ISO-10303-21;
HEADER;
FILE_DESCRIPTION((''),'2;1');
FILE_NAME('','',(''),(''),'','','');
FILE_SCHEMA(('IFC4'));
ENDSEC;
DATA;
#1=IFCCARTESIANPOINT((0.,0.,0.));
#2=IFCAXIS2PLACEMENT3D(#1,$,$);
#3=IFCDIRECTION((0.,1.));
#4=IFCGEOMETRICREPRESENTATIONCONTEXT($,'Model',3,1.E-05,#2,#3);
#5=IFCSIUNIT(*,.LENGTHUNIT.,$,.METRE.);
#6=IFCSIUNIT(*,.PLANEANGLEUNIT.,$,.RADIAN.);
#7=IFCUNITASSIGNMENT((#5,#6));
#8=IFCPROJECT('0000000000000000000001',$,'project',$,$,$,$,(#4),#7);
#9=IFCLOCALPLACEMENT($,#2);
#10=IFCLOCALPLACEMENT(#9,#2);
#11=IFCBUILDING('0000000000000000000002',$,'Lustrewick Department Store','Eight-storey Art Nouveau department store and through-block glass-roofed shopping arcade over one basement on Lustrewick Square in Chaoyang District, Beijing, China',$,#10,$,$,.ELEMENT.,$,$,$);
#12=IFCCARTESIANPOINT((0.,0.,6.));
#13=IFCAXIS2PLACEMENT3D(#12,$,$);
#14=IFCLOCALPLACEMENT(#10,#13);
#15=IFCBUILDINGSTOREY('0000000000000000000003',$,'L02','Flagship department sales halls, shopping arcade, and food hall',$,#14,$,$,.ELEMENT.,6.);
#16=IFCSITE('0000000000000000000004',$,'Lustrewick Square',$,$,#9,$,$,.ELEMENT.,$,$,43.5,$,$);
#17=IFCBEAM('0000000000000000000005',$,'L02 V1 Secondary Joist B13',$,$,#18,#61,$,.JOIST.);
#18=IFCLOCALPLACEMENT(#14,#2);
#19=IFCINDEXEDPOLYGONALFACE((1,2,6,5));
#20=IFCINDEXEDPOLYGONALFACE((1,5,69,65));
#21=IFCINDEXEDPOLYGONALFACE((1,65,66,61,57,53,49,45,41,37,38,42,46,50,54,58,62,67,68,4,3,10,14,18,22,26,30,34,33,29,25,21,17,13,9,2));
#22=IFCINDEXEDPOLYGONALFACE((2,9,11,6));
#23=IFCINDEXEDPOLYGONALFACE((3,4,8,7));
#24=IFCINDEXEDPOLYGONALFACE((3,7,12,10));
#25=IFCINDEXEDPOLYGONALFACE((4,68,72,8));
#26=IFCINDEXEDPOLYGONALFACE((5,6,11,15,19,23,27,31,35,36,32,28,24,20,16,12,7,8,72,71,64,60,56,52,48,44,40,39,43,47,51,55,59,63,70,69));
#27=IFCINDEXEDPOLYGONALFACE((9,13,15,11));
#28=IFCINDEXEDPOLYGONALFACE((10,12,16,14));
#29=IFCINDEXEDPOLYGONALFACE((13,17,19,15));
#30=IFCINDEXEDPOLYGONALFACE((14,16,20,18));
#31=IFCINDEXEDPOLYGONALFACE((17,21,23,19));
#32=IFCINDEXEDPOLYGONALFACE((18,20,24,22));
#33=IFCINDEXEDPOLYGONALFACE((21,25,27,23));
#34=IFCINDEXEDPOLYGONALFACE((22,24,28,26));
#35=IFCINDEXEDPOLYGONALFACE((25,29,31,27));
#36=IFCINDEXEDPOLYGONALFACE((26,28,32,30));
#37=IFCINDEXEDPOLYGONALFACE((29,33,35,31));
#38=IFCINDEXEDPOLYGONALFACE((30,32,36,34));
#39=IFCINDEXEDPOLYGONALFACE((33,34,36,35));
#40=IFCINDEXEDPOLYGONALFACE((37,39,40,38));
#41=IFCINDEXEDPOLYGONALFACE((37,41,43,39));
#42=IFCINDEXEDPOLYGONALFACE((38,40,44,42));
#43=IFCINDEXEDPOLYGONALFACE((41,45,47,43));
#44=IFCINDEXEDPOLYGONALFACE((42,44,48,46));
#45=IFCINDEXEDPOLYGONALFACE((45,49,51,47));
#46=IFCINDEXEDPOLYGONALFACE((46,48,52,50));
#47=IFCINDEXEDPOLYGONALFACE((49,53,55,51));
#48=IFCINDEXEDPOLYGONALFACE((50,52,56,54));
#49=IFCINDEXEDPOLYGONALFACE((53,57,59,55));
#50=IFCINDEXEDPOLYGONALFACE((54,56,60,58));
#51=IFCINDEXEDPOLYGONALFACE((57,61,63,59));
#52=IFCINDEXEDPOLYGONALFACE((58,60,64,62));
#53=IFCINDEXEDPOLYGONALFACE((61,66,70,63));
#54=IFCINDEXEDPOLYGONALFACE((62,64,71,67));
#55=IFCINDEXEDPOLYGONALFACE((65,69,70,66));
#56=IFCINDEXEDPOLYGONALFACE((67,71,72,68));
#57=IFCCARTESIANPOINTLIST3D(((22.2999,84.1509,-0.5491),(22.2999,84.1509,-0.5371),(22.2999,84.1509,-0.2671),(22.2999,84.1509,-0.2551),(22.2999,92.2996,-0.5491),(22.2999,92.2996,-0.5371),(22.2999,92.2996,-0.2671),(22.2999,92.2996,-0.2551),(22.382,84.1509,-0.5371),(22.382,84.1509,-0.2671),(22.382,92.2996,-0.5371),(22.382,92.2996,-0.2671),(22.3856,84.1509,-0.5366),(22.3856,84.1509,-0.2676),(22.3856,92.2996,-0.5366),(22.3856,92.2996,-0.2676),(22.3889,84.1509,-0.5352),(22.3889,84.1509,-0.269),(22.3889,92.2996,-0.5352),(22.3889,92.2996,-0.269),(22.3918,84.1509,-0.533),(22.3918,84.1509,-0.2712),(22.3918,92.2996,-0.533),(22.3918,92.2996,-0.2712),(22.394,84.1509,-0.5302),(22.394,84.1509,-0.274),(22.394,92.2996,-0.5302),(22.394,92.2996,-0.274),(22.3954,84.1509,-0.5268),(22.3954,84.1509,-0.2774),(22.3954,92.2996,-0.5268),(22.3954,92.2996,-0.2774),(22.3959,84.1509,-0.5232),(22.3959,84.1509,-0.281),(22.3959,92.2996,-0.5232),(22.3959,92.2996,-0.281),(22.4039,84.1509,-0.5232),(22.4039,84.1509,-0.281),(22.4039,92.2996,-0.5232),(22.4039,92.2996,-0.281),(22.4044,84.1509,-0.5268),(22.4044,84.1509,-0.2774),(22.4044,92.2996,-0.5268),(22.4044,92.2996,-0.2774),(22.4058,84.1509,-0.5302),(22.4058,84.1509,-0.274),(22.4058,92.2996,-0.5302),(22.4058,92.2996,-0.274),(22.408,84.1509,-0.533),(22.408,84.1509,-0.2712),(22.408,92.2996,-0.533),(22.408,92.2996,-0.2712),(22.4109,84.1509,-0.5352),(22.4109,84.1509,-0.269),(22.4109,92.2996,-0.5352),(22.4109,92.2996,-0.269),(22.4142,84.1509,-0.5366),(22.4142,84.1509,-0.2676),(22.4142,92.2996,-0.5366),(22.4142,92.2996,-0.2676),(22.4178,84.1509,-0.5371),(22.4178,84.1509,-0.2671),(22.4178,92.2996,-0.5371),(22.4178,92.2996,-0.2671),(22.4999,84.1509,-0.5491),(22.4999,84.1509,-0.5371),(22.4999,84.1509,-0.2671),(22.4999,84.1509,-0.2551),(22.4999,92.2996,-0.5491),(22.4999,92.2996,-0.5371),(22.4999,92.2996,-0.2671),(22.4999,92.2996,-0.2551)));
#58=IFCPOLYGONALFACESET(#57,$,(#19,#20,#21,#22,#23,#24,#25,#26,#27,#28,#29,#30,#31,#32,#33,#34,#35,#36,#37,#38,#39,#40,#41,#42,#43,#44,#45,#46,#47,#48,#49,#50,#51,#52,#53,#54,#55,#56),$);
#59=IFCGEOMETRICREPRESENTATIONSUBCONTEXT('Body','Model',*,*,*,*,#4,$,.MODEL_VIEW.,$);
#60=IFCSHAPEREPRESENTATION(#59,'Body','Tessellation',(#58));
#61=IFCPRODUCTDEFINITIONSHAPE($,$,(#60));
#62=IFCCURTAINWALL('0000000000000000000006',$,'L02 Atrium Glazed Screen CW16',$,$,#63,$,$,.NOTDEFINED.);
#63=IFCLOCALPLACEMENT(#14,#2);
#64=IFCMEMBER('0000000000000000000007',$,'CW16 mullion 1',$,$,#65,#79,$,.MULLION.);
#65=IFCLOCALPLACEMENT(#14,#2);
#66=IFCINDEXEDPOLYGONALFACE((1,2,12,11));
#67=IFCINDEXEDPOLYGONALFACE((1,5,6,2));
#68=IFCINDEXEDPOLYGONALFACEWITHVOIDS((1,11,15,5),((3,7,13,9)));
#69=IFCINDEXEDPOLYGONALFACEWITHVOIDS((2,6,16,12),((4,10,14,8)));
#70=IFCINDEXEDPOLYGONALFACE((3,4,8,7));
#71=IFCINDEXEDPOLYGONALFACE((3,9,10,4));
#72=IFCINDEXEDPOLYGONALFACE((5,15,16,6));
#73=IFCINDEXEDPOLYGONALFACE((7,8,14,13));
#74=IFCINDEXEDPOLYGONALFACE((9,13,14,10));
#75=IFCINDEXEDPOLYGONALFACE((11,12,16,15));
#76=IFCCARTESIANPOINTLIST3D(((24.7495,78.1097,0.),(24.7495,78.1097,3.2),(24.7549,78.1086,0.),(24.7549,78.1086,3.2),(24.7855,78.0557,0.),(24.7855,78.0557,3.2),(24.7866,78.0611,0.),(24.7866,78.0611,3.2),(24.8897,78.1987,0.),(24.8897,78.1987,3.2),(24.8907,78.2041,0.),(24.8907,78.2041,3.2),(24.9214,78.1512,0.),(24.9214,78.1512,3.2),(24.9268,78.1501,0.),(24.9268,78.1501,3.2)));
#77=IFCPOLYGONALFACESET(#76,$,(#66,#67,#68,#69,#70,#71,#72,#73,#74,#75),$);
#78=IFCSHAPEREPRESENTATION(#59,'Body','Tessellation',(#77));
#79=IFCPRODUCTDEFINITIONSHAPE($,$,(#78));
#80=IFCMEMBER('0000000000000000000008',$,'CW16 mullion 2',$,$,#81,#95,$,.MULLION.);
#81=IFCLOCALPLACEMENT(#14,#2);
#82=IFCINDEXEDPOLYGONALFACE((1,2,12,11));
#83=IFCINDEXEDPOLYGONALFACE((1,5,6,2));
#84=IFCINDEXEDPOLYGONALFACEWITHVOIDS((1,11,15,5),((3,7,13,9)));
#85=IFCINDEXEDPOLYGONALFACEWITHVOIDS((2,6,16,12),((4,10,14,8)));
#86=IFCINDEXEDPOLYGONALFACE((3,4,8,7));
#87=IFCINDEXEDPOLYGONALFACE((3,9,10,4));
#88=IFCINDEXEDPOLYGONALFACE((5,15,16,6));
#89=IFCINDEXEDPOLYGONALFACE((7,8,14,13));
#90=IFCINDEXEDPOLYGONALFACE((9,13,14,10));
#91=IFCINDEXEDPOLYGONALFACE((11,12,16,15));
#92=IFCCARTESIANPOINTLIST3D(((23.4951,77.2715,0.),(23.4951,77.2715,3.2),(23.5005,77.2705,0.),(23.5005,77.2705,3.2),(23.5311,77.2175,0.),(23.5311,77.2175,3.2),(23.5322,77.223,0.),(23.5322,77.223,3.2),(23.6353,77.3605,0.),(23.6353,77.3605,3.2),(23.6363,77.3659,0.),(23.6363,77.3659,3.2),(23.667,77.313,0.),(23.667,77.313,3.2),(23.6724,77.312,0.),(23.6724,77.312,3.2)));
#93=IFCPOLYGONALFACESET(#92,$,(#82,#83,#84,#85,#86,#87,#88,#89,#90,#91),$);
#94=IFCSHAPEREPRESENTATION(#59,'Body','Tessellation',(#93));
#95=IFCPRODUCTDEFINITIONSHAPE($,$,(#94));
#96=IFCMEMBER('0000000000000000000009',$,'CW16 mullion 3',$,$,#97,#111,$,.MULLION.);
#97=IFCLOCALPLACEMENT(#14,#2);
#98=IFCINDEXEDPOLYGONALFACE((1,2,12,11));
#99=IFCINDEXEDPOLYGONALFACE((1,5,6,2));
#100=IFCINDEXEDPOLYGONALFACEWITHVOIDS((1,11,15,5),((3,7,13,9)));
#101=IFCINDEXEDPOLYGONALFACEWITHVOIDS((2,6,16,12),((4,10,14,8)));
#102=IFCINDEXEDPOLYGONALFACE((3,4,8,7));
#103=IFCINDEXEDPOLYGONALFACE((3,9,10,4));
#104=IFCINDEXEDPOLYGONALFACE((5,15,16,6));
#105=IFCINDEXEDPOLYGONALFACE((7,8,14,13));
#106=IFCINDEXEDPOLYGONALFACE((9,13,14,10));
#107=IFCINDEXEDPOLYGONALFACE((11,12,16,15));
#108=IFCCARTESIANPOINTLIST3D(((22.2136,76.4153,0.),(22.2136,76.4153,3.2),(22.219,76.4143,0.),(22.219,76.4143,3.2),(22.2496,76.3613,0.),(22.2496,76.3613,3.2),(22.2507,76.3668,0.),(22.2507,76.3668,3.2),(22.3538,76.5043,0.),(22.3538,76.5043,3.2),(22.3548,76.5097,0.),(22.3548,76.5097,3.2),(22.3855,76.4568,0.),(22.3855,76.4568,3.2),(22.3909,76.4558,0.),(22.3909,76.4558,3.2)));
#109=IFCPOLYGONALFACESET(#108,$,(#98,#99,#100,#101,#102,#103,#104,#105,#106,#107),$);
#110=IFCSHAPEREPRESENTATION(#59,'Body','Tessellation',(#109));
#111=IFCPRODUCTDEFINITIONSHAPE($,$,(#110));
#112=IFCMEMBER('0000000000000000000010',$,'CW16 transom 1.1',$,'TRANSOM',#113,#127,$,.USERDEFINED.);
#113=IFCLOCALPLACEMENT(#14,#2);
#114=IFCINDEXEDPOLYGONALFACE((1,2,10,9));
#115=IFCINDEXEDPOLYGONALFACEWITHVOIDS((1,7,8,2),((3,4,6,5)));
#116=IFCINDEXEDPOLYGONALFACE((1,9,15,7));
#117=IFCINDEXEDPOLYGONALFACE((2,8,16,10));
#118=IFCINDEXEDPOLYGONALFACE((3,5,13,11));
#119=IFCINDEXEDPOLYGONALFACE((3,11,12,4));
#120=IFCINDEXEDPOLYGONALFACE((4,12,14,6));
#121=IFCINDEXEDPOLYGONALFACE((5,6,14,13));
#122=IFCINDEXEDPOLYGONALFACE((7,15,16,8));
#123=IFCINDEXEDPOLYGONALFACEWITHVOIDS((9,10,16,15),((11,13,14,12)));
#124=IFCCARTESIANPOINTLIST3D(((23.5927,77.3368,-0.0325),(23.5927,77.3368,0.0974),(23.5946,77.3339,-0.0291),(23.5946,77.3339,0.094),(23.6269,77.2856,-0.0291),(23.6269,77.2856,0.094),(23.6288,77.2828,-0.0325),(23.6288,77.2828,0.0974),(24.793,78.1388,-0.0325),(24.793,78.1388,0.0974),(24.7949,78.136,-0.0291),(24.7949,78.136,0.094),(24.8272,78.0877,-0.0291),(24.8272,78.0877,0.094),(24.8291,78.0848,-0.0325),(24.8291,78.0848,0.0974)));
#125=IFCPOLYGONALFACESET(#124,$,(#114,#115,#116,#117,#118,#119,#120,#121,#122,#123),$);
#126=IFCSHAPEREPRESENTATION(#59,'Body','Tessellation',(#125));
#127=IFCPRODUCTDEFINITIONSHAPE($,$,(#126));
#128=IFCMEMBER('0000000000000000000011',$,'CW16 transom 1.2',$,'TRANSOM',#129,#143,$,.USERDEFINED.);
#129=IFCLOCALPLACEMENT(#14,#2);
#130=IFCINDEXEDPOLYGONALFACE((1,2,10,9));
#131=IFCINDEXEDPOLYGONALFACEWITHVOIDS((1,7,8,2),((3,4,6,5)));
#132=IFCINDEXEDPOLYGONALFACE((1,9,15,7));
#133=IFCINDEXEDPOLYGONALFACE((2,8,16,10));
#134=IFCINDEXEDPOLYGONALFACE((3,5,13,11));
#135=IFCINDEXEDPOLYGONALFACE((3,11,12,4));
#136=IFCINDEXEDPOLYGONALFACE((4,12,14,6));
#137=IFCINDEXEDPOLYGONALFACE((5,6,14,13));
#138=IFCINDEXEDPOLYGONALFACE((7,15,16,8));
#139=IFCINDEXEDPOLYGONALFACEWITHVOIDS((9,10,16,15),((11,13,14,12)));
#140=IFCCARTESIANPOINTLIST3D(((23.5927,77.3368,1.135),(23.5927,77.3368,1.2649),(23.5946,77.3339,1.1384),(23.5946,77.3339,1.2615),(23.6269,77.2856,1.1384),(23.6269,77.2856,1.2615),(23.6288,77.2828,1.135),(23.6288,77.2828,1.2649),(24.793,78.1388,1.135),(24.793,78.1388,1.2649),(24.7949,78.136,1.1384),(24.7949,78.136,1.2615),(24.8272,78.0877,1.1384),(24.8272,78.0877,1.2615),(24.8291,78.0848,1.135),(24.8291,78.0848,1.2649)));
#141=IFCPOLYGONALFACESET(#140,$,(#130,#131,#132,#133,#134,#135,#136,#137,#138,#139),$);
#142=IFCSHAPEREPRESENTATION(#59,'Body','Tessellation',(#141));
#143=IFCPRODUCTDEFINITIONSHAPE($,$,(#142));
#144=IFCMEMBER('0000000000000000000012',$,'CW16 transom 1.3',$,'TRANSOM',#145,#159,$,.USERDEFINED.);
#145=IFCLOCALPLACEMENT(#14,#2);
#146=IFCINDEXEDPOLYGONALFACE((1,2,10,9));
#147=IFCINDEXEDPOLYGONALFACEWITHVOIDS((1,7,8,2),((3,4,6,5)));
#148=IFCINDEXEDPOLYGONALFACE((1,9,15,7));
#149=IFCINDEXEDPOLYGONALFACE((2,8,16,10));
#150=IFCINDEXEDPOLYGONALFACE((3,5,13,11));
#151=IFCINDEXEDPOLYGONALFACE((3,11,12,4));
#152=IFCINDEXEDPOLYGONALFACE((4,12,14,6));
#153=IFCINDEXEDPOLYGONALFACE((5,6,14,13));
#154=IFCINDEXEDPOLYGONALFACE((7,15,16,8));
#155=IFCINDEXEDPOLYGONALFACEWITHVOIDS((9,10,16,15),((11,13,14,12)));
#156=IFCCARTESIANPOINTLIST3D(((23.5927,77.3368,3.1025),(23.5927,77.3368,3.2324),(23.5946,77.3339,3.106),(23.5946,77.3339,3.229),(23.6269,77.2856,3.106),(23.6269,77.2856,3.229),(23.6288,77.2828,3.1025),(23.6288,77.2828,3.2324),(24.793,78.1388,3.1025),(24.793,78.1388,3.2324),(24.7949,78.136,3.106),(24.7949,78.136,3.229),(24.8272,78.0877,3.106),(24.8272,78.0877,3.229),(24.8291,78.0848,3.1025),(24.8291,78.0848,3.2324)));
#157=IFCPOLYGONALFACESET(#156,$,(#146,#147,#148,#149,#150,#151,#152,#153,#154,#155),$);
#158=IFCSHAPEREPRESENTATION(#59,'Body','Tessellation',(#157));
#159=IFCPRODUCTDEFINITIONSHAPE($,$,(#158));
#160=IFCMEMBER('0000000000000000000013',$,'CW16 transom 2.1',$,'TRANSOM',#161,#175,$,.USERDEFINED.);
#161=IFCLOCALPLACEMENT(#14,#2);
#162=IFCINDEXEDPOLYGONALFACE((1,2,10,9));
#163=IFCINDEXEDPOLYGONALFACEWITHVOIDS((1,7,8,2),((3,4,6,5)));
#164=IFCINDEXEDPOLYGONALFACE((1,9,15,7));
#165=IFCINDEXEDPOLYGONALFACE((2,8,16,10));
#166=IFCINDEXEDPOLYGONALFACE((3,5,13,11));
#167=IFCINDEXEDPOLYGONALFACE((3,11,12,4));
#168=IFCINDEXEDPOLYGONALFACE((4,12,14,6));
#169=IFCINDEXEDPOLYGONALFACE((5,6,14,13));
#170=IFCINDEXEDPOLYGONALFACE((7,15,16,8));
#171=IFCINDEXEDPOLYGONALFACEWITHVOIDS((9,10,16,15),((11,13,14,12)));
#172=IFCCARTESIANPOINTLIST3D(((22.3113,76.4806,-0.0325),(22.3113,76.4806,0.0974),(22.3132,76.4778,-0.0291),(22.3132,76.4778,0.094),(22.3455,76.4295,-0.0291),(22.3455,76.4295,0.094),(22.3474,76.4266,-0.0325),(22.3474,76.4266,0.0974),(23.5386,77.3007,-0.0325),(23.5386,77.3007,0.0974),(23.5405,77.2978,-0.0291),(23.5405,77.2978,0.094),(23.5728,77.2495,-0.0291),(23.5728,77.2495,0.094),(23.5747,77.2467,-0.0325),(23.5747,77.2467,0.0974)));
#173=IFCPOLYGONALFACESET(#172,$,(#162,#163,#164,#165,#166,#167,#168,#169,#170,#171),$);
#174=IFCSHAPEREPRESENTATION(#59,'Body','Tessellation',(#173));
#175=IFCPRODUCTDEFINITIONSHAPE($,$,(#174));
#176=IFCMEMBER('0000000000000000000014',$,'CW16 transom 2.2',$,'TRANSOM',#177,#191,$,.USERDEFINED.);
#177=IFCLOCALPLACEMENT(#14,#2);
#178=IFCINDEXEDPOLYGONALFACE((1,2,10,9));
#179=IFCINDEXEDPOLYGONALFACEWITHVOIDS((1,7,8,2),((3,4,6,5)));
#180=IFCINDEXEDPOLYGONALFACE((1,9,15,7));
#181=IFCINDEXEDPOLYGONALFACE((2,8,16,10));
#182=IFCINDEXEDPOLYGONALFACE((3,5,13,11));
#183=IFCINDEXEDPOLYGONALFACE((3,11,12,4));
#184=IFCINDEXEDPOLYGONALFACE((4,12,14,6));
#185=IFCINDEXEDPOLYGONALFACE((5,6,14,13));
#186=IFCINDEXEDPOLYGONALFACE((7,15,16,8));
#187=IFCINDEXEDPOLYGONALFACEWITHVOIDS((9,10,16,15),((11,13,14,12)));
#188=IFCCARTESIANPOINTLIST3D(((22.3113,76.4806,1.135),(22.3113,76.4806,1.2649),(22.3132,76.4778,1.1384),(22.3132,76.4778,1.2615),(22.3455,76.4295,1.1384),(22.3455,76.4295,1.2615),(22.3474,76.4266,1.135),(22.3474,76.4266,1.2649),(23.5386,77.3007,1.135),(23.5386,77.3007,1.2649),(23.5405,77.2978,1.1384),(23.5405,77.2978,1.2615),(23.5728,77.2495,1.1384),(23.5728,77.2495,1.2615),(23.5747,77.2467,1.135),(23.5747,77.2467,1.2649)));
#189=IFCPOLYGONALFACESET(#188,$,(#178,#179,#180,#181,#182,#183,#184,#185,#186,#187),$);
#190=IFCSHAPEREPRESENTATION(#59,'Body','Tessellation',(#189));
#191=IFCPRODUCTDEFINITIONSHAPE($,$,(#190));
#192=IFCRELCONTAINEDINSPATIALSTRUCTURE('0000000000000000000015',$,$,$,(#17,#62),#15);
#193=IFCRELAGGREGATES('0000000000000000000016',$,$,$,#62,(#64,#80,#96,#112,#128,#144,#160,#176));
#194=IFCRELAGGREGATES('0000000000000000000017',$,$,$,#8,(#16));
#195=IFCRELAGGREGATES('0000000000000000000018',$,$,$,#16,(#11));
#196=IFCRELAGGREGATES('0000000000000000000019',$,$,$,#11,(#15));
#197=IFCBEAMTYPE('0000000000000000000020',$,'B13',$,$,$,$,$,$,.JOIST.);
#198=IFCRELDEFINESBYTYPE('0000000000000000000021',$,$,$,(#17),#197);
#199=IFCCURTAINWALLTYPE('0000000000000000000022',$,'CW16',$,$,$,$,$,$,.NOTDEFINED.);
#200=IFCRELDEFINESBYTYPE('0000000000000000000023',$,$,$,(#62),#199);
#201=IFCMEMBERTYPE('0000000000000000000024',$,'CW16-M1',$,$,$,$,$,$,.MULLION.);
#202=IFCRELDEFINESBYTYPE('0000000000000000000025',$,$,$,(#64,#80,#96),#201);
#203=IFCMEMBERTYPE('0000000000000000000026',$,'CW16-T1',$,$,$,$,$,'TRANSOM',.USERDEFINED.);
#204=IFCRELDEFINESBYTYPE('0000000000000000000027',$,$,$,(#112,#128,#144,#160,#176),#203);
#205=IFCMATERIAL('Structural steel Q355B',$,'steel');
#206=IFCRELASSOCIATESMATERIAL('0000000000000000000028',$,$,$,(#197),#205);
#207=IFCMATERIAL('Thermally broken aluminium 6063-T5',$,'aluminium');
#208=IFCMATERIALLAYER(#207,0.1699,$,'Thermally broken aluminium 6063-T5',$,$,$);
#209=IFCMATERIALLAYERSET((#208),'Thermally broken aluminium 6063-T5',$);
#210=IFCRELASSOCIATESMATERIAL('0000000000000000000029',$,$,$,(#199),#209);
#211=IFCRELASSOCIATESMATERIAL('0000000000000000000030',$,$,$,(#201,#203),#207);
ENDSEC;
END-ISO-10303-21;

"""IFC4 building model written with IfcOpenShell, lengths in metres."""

from ifc_helpers import new_model, si_unit, direction, frame, origin, origin_2d, place, context, subcontext, project, spatial, hollow_rectangle, i_section, extrude, material, layer, layer_set, material_profile, profile_set, type_object, element, aggregate, save


model = new_model("IFC4")

# Units and contexts
model_context = context("Model", 3, precision=1e-05, world=origin(), true_north=direction((0.0, 1.0)))
body_context = subcontext(model_context, "Body", "Model", "MODEL_VIEW")
ifc_project = project(units=[si_unit("LENGTHUNIT", "METRE"), si_unit("PLANEANGLEUNIT", "RADIAN")], contexts=[model_context])

# Site, building, storey
site_placement = place(None, origin())
site = spatial("IfcSite", under=ifc_project, at=site_placement, Name="Lustrewick Square", CompositionType="ELEMENT", RefElevation=43.5)
building_placement = place(site_placement, origin())
building = spatial("IfcBuilding", under=site, at=building_placement, Name="Lustrewick Department Store", Description="Eight-storey Art Nouveau department store and through-block glass-roofed shopping arcade over one basement on Lustrewick Square in Chaoyang District, Beijing, China", CompositionType="ELEMENT")
storey_placement = place(building_placement, frame((0.0, 0.0, 6.0)))
storey = spatial("IfcBuildingStorey", under=building, at=storey_placement, Name="L02", Description="Flagship department sales halls, shopping arcade, and food hall", CompositionType="ELEMENT", Elevation=6.0)

# Shared definitions
ifc_material_1 = material(Name="Structural steel Q355B", Category="steel")

# Beam
ifc_material_profile_1 = material_profile(ifc_material_1, i_section(OverallWidth=0.2, OverallDepth=0.2939, WebThickness=0.0081, FlangeThickness=0.012, FilletRadius=0.0139, at=origin_2d()), Name="HM 294x200x8x12")
ifc_profile_set_1 = profile_set([ifc_material_profile_1], Name="Structural steel Q355B")
beam_type_1 = type_object("IfcBeamType", Name="B13", PredefinedType="JOIST", material=ifc_profile_set_1)
beam_1_placement = place(storey_placement, frame((22.3999, 84.1509, -0.4021), z_axis=(0.0, 1.0, 0.0), x_axis=(-1.0, 0.0, 0.0)))
element("IfcBeam", 1, at=beam_1_placement, inside=storey, type_object=beam_type_1, Name="L02 V1 Secondary Joist B13", PredefinedType="JOIST", context=body_context, shape_type="SweptSolid", body=[
    extrude(i_section(OverallWidth=0.2, OverallDepth=0.2939, WebThickness=0.0081, FlangeThickness=0.012, FilletRadius=0.0139, at=origin_2d()), origin(), (0.0, 0.0, 1.0), 8.1487),
])

# Curtain wall, members
ifc_material_2 = material(Name="Thermally broken aluminium 6063-T5", Category="aluminium")
ifc_layer_1 = layer(ifc_material_2, 0.1699, Name="Thermally broken aluminium 6063-T5")
ifc_layer_set_1 = layer_set([ifc_layer_1], Name="Thermally broken aluminium 6063-T5")
curtain_wall_type_1 = type_object("IfcCurtainWallType", Name="CW16", PredefinedType="NOTDEFINED", material=ifc_layer_set_1)
curtain_wall_1_placement = place(storey_placement, origin())
curtain_wall_1 = element("IfcCurtainWall", 2, at=curtain_wall_1_placement, inside=storey, type_object=curtain_wall_type_1, Name="L02 Atrium Glazed Screen CW16", PredefinedType="NOTDEFINED")
ifc_material_profile_2 = material_profile(ifc_material_2, hollow_rectangle(XDim=0.0649, YDim=0.1699, WallThickness=0.0039, at=origin_2d()), Name="ALU-M 65x170x4")
ifc_profile_set_2 = profile_set([ifc_material_profile_2], Name="Thermally broken aluminium 6063-T5")
member_type_1 = type_object("IfcMemberType", Name="CW16-M1", PredefinedType="MULLION", material=ifc_profile_set_2)
member_1_placement = place(storey_placement, frame((24.8381, 78.1299, 0.0), z_axis=(0.0, 0.0, 1.0), x_axis=(0.555578, -0.831464, 0.0)))
member_1 = element("IfcMember", 3, at=member_1_placement, type_object=member_type_1, Name="CW16 mullion 1", PredefinedType="MULLION", context=body_context, shape_type="SweptSolid", body=[
    extrude(hollow_rectangle(XDim=0.0649, YDim=0.1699, WallThickness=0.0039, at=origin_2d()), origin(), (0.0, 0.0, 1.0), 3.2),
])
member_2_placement = place(storey_placement, frame((23.5837, 77.2917, 0.0), z_axis=(0.0, 0.0, 1.0), x_axis=(0.555578, -0.831464, 0.0)))
member_2 = element("IfcMember", 4, at=member_2_placement, type_object=member_type_1, Name="CW16 mullion 2", PredefinedType="MULLION", context=body_context, shape_type="SweptSolid", body=[
    extrude(hollow_rectangle(XDim=0.0649, YDim=0.1699, WallThickness=0.0039, at=origin_2d()), origin(), (0.0, 0.0, 1.0), 3.2),
])
member_3_placement = place(storey_placement, frame((22.3022, 76.4355, 0.0), z_axis=(0.0, 0.0, 1.0), x_axis=(0.555578, -0.831464, 0.0)))
member_3 = element("IfcMember", 5, at=member_3_placement, type_object=member_type_1, Name="CW16 mullion 3", PredefinedType="MULLION", context=body_context, shape_type="SweptSolid", body=[
    extrude(hollow_rectangle(XDim=0.0649, YDim=0.1699, WallThickness=0.0039, at=origin_2d()), origin(), (0.0, 0.0, 1.0), 3.2),
])
ifc_material_profile_3 = material_profile(ifc_material_2, hollow_rectangle(XDim=0.0649, YDim=0.1299, WallThickness=0.0034, at=origin_2d()), Name="ALU-T 65x130x3.5")
ifc_profile_set_3 = profile_set([ifc_material_profile_3], Name="Thermally broken aluminium 6063-T5")
member_type_2 = type_object("IfcMemberType", Name="CW16-T1", ElementType="TRANSOM", PredefinedType="USERDEFINED", material=ifc_profile_set_3)
member_4_placement = place(storey_placement, frame((24.811, 78.1118, 0.0325), z_axis=(-0.831451, -0.555598, 0.0), x_axis=(0.555598, -0.831451, 0.0)))
member_4 = element("IfcMember", 6, at=member_4_placement, type_object=member_type_2, Name="CW16 transom 1.1", ObjectType="TRANSOM", PredefinedType="USERDEFINED", context=body_context, shape_type="SweptSolid", body=[
    extrude(hollow_rectangle(XDim=0.0649, YDim=0.1299, WallThickness=0.0034, at=origin_2d()), origin(), (0.0, 0.0, 1.0), 1.4436),
])
member_5_placement = place(storey_placement, frame((24.811, 78.1118, 1.2), z_axis=(-0.831451, -0.555598, 0.0), x_axis=(0.555598, -0.831451, 0.0)))
member_5 = element("IfcMember", 7, at=member_5_placement, type_object=member_type_2, Name="CW16 transom 1.2", ObjectType="TRANSOM", PredefinedType="USERDEFINED", context=body_context, shape_type="SweptSolid", body=[
    extrude(hollow_rectangle(XDim=0.0649, YDim=0.1299, WallThickness=0.0034, at=origin_2d()), origin(), (0.0, 0.0, 1.0), 1.4436),
])
member_6_placement = place(storey_placement, frame((24.811, 78.1118, 3.1675), z_axis=(-0.831451, -0.555598, 0.0), x_axis=(0.555598, -0.831451, 0.0)))
member_6 = element("IfcMember", 8, at=member_6_placement, type_object=member_type_2, Name="CW16 transom 1.3", ObjectType="TRANSOM", PredefinedType="USERDEFINED", context=body_context, shape_type="SweptSolid", body=[
    extrude(hollow_rectangle(XDim=0.0649, YDim=0.1299, WallThickness=0.0034, at=origin_2d()), origin(), (0.0, 0.0, 1.0), 1.4436),
])
member_7_placement = place(storey_placement, frame((23.5566, 77.2737, 0.0325), z_axis=(-0.831465, -0.555578, 0.0), x_axis=(0.555578, -0.831465, 0.0)))
member_7 = element("IfcMember", 9, at=member_7_placement, type_object=member_type_2, Name="CW16 transom 2.1", ObjectType="TRANSOM", PredefinedType="USERDEFINED", context=body_context, shape_type="SweptSolid", body=[
    extrude(hollow_rectangle(XDim=0.0649, YDim=0.1299, WallThickness=0.0034, at=origin_2d()), origin(), (0.0, 0.0, 1.0), 1.4761),
])
member_8_placement = place(storey_placement, frame((23.5566, 77.2737, 1.2), z_axis=(-0.831465, -0.555578, 0.0), x_axis=(0.555578, -0.831465, 0.0)))
member_8 = element("IfcMember", 10, at=member_8_placement, type_object=member_type_2, Name="CW16 transom 2.2", ObjectType="TRANSOM", PredefinedType="USERDEFINED", context=body_context, shape_type="SweptSolid", body=[
    extrude(hollow_rectangle(XDim=0.0649, YDim=0.1299, WallThickness=0.0034, at=origin_2d()), origin(), (0.0, 0.0, 1.0), 1.4761),
])

aggregate(curtain_wall_1, [member_1, member_2, member_3, member_4, member_5, member_6, member_7, member_8])

save(model, "model.ifc")
